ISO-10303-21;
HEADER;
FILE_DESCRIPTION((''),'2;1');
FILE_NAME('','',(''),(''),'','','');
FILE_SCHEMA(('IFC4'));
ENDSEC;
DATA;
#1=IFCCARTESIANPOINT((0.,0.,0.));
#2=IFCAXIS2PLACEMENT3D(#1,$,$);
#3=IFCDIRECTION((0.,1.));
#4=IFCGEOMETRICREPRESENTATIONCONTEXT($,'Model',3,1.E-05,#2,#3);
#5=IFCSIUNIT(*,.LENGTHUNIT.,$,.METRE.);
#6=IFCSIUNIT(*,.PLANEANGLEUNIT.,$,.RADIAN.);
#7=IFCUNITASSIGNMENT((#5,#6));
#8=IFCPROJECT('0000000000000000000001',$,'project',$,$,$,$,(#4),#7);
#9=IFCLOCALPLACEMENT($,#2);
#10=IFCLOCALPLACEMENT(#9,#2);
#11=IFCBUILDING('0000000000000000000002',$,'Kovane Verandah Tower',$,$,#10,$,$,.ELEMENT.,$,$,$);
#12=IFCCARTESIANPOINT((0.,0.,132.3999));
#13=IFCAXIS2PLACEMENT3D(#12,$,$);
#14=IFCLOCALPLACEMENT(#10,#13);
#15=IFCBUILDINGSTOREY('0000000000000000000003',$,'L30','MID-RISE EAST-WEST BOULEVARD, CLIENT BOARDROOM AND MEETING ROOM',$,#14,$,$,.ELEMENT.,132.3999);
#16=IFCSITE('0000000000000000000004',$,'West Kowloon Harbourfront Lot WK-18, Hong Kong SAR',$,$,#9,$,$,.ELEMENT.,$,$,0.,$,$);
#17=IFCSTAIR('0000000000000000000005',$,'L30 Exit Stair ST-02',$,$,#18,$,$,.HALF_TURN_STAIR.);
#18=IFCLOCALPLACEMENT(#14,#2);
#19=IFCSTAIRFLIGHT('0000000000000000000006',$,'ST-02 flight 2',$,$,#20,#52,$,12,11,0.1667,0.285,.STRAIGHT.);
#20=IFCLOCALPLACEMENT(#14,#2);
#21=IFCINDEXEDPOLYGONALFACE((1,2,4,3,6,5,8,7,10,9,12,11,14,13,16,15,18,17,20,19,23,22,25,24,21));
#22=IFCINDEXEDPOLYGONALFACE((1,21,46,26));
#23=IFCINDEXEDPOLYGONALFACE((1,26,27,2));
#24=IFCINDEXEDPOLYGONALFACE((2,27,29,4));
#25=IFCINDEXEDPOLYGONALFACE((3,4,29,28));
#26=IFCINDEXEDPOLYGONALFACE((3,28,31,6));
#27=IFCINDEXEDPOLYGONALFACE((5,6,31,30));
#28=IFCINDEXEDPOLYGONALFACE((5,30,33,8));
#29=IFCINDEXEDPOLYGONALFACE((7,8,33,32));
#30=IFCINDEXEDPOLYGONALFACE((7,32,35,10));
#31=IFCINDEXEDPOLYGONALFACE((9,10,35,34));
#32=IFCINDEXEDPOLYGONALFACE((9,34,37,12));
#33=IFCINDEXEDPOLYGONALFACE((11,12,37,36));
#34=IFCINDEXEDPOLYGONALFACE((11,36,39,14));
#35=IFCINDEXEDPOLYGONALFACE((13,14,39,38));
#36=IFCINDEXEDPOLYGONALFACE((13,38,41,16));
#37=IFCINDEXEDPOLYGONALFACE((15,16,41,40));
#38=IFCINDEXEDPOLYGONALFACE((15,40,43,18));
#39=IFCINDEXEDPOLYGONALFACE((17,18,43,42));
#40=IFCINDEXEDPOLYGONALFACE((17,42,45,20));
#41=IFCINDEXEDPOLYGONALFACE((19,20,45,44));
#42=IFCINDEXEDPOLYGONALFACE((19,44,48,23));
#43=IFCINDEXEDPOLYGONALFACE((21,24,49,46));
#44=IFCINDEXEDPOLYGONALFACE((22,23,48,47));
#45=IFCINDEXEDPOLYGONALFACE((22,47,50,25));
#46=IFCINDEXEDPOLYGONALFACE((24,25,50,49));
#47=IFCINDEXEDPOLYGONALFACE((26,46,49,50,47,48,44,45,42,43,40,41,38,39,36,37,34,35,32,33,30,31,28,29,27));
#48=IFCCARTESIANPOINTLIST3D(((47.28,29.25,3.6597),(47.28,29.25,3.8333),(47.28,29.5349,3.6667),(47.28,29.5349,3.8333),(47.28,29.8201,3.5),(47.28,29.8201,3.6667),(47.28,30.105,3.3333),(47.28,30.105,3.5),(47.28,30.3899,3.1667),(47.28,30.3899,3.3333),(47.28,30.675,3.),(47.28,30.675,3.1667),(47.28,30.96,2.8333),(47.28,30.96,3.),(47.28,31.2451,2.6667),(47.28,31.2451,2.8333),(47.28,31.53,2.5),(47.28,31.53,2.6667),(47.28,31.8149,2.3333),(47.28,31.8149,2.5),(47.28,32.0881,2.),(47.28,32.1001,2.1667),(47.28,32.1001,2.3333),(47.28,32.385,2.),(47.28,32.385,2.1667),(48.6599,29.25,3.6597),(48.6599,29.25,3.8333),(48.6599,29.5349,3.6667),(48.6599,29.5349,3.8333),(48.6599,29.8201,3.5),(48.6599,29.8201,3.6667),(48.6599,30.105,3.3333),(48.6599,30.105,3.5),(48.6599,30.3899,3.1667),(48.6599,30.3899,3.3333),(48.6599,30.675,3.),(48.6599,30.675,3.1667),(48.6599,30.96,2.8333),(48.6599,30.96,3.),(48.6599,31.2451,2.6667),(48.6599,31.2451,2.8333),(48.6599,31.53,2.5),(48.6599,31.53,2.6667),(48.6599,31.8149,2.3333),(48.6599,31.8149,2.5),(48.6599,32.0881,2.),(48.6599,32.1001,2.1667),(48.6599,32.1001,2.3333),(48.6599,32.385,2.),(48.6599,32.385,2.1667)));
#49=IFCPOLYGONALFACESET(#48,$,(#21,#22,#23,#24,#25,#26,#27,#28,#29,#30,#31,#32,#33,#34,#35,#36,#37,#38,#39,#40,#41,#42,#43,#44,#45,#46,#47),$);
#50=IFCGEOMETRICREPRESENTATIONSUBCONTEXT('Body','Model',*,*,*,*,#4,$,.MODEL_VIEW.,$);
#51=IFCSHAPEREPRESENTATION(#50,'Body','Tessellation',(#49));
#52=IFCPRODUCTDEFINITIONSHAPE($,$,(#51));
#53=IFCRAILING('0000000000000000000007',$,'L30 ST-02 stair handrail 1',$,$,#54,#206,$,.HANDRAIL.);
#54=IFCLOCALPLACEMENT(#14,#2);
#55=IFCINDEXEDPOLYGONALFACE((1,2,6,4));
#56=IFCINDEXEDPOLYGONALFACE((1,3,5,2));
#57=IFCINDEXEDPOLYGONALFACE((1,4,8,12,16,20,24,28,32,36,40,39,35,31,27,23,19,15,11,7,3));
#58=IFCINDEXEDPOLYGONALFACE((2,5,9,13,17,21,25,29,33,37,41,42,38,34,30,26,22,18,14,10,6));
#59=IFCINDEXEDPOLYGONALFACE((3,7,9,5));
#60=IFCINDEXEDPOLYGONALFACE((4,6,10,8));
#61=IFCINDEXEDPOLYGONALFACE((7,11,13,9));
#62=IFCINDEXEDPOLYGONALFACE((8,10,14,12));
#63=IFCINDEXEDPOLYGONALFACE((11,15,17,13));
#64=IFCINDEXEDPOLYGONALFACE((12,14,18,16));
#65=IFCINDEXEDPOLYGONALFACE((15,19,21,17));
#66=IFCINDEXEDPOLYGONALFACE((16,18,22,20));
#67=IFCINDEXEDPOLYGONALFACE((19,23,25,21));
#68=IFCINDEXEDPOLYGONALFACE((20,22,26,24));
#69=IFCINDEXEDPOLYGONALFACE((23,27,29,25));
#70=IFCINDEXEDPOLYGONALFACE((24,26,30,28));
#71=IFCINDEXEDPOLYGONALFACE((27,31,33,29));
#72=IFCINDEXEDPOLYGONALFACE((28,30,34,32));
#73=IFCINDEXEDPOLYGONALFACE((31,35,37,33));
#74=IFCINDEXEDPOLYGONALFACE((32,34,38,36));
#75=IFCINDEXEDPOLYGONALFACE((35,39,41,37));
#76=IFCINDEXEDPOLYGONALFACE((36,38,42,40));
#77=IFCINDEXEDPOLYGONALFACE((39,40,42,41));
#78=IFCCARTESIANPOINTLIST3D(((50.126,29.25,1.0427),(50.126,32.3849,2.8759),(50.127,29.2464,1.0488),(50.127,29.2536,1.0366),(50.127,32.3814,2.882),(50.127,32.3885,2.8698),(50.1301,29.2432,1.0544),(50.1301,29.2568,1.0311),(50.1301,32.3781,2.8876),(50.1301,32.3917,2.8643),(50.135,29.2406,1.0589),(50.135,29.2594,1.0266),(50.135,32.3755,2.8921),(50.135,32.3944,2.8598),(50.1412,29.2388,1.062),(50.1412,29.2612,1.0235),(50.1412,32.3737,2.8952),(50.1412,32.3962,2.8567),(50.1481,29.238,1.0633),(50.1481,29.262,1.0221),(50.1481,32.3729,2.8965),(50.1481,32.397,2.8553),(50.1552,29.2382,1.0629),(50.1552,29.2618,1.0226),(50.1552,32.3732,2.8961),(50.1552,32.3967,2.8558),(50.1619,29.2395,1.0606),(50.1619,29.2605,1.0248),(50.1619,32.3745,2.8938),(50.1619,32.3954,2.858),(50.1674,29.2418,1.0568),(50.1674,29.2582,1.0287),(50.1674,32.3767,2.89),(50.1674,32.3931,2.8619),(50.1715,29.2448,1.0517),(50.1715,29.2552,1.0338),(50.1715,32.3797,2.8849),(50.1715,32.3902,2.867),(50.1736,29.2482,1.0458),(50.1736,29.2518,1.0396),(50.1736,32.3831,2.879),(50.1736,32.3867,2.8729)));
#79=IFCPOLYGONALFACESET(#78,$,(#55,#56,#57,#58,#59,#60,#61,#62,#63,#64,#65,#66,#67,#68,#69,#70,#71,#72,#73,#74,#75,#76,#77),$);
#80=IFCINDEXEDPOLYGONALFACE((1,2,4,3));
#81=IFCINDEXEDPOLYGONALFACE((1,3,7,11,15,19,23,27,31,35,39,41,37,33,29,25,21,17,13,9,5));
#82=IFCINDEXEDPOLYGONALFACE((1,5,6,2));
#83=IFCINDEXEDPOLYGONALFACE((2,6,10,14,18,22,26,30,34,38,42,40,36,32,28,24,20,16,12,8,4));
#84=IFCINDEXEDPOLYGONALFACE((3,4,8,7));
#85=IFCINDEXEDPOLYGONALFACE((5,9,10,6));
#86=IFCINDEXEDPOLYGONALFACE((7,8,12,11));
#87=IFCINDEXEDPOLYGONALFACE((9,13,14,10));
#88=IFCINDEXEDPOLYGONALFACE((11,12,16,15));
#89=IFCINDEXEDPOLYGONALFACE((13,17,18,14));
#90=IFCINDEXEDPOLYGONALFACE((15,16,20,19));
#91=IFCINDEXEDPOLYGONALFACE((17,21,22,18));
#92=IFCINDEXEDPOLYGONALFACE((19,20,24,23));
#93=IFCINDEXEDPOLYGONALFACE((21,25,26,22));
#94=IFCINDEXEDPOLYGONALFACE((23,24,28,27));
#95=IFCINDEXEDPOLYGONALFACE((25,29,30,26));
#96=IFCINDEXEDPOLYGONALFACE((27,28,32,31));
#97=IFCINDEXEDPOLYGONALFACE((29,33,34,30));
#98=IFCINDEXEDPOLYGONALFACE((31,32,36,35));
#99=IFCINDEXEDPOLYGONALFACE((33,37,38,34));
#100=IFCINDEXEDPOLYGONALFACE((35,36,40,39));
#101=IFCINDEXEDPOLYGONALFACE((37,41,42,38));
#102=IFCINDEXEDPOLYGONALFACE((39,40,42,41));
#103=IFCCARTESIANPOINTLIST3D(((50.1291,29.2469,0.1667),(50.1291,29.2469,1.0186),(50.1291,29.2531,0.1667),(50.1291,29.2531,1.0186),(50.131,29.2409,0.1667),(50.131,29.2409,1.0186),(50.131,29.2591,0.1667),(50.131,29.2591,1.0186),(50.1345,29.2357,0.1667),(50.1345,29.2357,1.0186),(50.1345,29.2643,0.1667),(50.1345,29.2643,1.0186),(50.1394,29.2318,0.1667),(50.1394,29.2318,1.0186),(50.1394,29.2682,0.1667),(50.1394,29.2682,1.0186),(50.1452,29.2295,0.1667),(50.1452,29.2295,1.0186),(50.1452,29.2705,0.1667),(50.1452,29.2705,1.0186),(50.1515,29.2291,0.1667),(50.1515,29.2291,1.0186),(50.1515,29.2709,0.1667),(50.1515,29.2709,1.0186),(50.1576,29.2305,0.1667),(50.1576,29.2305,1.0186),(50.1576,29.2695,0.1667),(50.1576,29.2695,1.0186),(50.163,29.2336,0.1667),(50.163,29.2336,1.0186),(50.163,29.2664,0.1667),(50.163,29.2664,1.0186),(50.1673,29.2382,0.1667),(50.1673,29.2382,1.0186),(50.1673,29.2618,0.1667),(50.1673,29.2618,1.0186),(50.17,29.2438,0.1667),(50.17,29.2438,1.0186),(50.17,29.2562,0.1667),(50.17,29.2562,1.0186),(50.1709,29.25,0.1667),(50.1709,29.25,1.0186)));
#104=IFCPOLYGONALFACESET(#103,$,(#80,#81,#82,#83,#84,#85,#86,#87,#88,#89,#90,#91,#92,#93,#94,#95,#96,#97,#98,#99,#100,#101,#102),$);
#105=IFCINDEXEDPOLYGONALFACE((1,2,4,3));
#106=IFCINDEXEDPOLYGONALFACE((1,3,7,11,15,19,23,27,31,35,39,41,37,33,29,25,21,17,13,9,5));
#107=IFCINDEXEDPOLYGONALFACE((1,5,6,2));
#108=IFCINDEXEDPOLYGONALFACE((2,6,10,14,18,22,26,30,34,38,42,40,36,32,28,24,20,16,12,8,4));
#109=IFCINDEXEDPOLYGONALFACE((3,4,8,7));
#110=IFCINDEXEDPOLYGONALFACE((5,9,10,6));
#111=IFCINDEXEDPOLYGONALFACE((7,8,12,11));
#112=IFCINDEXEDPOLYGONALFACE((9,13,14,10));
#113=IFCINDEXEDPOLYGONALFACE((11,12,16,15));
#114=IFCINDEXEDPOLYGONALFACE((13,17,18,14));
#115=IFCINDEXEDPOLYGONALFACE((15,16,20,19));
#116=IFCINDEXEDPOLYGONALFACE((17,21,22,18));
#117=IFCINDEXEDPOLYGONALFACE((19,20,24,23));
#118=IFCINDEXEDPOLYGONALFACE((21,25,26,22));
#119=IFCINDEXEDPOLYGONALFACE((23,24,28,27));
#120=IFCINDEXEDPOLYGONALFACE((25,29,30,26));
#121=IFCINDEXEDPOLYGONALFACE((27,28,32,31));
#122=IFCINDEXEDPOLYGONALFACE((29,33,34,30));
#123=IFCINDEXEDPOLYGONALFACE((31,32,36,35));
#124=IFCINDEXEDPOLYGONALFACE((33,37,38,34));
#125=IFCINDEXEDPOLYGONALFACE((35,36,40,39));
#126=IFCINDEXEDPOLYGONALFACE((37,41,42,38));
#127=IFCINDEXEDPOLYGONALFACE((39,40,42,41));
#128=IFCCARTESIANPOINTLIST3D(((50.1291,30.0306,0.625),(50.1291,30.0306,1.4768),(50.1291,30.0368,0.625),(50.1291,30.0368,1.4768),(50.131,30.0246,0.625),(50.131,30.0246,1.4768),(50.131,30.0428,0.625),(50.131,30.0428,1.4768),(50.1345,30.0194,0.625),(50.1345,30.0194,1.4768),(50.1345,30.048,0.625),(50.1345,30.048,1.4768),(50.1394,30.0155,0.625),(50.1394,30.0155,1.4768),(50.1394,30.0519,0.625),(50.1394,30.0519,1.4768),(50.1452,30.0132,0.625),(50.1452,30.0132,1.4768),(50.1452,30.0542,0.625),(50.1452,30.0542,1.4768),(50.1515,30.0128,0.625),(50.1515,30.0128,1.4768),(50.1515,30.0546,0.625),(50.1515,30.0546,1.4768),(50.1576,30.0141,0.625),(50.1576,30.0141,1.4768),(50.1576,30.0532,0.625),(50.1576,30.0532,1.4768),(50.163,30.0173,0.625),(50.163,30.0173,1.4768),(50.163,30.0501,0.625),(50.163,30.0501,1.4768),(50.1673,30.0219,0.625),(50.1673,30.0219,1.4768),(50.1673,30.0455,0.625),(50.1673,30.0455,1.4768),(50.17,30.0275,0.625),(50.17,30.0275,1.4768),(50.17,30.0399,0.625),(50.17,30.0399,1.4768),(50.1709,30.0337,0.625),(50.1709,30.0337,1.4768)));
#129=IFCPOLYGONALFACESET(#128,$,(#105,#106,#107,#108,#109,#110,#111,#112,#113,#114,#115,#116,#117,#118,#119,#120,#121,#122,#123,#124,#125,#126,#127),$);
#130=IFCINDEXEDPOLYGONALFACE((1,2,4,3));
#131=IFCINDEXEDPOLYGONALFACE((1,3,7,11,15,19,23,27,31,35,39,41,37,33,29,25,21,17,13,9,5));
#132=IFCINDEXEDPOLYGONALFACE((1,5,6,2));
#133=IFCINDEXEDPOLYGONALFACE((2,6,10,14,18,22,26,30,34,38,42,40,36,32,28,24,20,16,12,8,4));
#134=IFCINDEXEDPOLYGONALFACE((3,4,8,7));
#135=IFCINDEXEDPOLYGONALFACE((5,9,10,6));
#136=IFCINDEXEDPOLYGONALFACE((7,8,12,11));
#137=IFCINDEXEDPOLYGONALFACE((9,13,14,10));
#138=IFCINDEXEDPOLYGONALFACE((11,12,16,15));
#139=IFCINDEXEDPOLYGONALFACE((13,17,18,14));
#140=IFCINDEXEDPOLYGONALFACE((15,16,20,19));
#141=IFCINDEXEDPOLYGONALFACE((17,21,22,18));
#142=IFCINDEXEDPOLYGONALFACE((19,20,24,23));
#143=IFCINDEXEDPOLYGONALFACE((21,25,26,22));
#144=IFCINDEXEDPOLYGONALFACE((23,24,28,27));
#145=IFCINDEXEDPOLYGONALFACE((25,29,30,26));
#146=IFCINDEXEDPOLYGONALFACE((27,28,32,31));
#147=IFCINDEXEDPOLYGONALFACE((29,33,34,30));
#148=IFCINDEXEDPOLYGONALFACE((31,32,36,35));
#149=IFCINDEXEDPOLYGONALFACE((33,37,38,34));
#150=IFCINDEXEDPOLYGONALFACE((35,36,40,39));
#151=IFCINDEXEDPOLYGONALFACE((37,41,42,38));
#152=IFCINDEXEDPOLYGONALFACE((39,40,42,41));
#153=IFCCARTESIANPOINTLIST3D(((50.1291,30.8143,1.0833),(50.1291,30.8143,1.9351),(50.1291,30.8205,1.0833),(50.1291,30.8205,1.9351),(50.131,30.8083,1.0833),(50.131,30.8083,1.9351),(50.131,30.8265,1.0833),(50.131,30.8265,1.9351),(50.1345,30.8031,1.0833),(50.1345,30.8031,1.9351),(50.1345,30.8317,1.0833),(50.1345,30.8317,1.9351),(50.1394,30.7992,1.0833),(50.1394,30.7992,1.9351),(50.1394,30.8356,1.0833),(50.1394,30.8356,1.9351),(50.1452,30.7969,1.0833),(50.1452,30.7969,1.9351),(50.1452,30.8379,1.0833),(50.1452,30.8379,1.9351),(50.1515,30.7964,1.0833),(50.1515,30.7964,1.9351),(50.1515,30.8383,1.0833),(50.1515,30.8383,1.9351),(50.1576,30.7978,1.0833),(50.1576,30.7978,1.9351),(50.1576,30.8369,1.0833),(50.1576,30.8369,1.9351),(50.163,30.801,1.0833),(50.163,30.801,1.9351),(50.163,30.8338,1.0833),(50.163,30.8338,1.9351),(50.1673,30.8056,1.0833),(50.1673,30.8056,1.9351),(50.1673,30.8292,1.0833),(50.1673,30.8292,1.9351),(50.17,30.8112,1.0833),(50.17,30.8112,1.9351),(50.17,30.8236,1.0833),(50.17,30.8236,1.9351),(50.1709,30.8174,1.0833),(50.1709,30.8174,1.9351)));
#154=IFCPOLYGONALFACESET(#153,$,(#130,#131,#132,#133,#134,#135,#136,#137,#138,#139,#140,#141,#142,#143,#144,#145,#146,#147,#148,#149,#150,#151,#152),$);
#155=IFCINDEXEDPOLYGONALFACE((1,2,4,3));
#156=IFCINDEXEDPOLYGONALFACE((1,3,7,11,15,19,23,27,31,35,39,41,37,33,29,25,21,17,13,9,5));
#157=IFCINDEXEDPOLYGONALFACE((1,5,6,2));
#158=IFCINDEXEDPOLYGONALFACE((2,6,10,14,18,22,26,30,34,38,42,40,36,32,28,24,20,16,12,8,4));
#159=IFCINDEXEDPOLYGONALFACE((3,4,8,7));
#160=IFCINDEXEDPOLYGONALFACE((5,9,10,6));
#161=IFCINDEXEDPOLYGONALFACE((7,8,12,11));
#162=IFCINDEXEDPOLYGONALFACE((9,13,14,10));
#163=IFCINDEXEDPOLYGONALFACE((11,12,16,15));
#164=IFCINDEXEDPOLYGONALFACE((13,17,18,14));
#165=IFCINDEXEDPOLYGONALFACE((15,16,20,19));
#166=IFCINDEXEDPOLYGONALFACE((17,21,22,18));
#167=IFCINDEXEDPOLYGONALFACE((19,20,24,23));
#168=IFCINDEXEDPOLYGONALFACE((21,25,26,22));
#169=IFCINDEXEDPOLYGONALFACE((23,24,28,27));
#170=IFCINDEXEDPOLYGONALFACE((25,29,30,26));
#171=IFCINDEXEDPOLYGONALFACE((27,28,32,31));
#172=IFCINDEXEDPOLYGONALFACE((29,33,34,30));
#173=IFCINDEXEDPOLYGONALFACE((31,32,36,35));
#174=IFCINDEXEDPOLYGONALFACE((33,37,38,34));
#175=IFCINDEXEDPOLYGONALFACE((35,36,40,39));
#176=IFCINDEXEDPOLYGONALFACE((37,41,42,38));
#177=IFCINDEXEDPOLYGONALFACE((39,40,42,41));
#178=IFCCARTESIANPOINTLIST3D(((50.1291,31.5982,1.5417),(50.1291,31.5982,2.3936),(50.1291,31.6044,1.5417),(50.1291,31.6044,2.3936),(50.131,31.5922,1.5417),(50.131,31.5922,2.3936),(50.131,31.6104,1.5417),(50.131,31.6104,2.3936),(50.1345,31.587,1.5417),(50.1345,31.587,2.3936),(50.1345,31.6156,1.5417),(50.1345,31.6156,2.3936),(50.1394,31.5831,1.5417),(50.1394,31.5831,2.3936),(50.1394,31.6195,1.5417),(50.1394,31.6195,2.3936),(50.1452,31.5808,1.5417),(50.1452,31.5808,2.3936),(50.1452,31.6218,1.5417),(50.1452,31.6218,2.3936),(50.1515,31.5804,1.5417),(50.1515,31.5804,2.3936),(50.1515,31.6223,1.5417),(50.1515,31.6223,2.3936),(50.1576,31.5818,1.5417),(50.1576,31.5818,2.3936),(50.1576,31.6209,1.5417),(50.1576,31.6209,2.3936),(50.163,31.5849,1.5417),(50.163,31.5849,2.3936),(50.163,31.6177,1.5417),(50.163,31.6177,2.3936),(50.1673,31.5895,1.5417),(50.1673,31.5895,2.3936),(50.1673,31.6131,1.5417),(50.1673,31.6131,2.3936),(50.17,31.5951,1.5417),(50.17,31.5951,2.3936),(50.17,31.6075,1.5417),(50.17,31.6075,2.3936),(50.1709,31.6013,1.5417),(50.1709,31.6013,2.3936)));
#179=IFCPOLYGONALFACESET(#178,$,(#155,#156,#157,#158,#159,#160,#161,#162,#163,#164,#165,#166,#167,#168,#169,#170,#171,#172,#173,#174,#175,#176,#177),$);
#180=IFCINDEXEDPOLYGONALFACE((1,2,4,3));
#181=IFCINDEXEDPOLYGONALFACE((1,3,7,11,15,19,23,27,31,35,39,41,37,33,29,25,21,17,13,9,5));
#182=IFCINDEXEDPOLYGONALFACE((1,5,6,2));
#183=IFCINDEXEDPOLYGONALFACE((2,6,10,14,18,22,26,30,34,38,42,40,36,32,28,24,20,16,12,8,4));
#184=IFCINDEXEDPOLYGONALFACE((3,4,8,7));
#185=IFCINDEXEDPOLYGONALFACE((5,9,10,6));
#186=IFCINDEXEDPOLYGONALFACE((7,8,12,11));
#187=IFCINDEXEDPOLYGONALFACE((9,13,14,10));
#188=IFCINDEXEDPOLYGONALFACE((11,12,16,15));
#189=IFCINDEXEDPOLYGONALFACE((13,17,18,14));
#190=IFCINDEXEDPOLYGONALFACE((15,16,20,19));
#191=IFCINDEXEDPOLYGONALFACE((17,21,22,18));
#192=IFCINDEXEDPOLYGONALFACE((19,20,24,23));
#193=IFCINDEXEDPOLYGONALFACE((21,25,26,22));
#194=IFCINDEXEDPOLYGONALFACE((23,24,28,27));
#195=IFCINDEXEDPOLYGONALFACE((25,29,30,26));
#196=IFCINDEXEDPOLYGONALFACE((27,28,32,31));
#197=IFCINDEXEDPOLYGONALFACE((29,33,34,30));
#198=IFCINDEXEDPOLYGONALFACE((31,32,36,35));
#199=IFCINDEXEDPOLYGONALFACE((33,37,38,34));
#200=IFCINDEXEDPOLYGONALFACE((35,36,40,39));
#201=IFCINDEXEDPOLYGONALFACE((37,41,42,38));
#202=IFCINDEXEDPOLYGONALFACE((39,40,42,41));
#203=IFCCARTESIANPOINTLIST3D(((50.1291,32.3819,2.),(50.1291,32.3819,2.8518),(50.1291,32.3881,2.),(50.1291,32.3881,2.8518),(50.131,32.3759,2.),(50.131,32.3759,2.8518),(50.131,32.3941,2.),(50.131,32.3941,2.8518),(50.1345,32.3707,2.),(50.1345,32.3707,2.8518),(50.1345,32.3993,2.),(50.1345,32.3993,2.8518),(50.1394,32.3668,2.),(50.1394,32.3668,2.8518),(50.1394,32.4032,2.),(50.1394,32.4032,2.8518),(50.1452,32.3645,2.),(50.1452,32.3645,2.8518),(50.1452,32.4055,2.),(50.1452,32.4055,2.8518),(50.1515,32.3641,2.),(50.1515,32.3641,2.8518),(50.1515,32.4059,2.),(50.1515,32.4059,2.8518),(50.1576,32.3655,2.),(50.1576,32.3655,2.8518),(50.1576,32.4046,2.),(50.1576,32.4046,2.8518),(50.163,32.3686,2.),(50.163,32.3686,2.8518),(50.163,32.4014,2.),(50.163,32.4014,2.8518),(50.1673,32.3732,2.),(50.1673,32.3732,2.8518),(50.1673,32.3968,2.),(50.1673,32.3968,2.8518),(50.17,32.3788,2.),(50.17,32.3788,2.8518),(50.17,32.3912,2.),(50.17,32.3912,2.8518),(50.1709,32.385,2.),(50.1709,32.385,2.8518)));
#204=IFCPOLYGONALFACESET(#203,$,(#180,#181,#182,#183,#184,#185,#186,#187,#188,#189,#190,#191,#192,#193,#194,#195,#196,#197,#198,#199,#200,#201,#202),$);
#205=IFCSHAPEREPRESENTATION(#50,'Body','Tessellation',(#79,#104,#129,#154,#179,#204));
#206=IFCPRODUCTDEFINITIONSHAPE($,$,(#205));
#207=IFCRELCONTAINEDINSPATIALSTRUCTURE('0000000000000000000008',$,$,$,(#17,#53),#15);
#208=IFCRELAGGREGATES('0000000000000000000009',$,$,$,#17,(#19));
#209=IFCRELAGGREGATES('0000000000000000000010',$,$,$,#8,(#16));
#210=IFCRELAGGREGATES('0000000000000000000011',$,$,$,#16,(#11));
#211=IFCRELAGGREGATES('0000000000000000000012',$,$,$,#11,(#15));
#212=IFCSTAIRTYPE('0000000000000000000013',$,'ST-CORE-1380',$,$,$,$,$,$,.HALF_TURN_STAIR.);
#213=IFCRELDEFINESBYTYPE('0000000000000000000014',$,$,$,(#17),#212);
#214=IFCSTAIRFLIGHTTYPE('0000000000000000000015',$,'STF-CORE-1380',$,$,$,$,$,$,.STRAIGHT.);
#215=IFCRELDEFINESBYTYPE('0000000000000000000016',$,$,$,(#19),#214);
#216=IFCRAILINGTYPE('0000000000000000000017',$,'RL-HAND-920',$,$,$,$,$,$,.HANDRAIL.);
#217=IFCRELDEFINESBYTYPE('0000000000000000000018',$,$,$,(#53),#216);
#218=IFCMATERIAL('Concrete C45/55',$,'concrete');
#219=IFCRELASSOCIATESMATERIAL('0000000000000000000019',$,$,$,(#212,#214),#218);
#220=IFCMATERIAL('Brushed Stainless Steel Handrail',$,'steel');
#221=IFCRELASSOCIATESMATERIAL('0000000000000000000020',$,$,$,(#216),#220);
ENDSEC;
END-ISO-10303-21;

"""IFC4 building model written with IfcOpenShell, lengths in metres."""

from ifc_helpers import new_model, si_unit, direction, frame, origin, origin_2d, place, context, subcontext, project, spatial, polyline, circle, outline, extrude, material, type_object, element, aggregate, save


model = new_model("IFC4")

# Units and contexts
model_context = context("Model", 3, precision=1e-05, world=origin(), true_north=direction((0.0, 1.0)))
body_context = subcontext(model_context, "Body", "Model", "MODEL_VIEW")
ifc_project = project(units=[si_unit("LENGTHUNIT", "METRE"), si_unit("PLANEANGLEUNIT", "RADIAN")], contexts=[model_context])

# Site, building, storey
site_placement = place(None, origin())
site = spatial("IfcSite", under=ifc_project, at=site_placement, Name="West Kowloon Harbourfront Lot WK-18, Hong Kong SAR", CompositionType="ELEMENT", RefElevation=0.0)
building_placement = place(site_placement, origin())
building = spatial("IfcBuilding", under=site, at=building_placement, Name="Kovane Verandah Tower", CompositionType="ELEMENT")
storey_placement = place(building_placement, frame((0.0, 0.0, 132.3999)))
storey = spatial("IfcBuildingStorey", under=building, at=storey_placement, Name="L30", Description="MID-RISE EAST-WEST BOULEVARD, CLIENT BOARDROOM AND MEETING ROOM", CompositionType="ELEMENT", Elevation=132.3999)

# Shared definitions
ifc_material_1 = material(Name="Concrete C45/55", Category="concrete")

# Stair, stair flight
stair_type = type_object("IfcStairType", Name="ST-CORE-1380", PredefinedType="HALF_TURN_STAIR", material=ifc_material_1)
stair_placement = place(storey_placement, origin())
stair = element("IfcStair", 1, at=stair_placement, inside=storey, type_object=stair_type, Name="L30 Exit Stair ST-02", PredefinedType="HALF_TURN_STAIR")
stair_flight_type = type_object("IfcStairFlightType", Name="STF-CORE-1380", PredefinedType="STRAIGHT", material=ifc_material_1)
stair_flight_1_placement = place(storey_placement, frame((47.97, 32.385, 2.0), z_axis=(0.0, 0.0, 1.0), x_axis=(0.0, -1.0, 0.0)))
stair_flight_1 = element("IfcStairFlight", 2, at=stair_flight_1_placement, type_object=stair_flight_type, Name="ST-02 flight 2", NumberOfRisers=12, NumberOfTreads=11, PredefinedType="STRAIGHT", RiserHeight=0.1667, TreadLength=0.285, context=body_context, shape_type="SweptSolid", body=[
    extrude(outline(polyline([(0.0, 0.0), (0.0, 0.1667), (0.2849, 0.1667), (0.2849, 0.3333), (0.5701, 0.3333), (0.5701, 0.5), (0.855, 0.5), (0.855, 0.6667), (1.1399, 0.6667), (1.1399, 0.8333), (1.425, 0.8333), (1.425, 1.0), (1.71, 1.0), (1.71, 1.1667), (1.9951, 1.1667), (1.9951, 1.3333), (2.28, 1.3333), (2.28, 1.5), (2.5649, 1.5), (2.5649, 1.6667), (2.8501, 1.6667), (2.8501, 1.8333), (3.135, 1.8333), (3.135, 2.0), (3.135, 1.6597), (0.2969, 0.0), (0.0, 0.0)])), frame((0.0, 0.6899, 0.0), z_axis=(0.0, -1.0, 0.0), x_axis=(1.0, 0.0, 0.0)), (0.0, 0.0, 1.0), 1.3799),
])
aggregate(stair, [stair_flight_1])

# Railing
ifc_material_2 = material(Name="Brushed Stainless Steel Handrail", Category="steel")
railing_type_1 = type_object("IfcRailingType", Name="RL-HAND-920", PredefinedType="HANDRAIL", material=ifc_material_2)
railing_1_placement = place(storey_placement, frame((50.1499, 29.25, 0.1667)))
element("IfcRailing", 3, at=railing_1_placement, inside=storey, type_object=railing_type_1, Name="L30 ST-02 stair handrail 1", PredefinedType="HANDRAIL", context=body_context, shape_type="SweptSolid", body=[
    extrude(circle(Radius=0.0239, at=origin_2d()), frame((0.0, 0.0, 0.876), z_axis=(0.0, 0.86324, 0.504794), x_axis=(-1.0, 0.0, 0.0)), (0.0, 0.0, 1.0), 3.6316),
    extrude(circle(Radius=0.021, at=origin_2d()), origin(), (0.0, 0.0, 1.0), 0.8518),
    extrude(circle(Radius=0.021, at=origin_2d()), frame((0.0, 0.7837, 0.4583)), (0.0, 0.0, 1.0), 0.8518),
    extrude(circle(Radius=0.021, at=origin_2d()), frame((0.0, 1.5674, 0.9165)), (0.0, 0.0, 1.0), 0.8518),
    extrude(circle(Radius=0.021, at=origin_2d()), frame((0.0, 2.3513, 1.375)), (0.0, 0.0, 1.0), 0.8518),
    extrude(circle(Radius=0.021, at=origin_2d()), frame((0.0, 3.135, 1.8333)), (0.0, 0.0, 1.0), 0.8518),
])

save(model, "model.ifc")
